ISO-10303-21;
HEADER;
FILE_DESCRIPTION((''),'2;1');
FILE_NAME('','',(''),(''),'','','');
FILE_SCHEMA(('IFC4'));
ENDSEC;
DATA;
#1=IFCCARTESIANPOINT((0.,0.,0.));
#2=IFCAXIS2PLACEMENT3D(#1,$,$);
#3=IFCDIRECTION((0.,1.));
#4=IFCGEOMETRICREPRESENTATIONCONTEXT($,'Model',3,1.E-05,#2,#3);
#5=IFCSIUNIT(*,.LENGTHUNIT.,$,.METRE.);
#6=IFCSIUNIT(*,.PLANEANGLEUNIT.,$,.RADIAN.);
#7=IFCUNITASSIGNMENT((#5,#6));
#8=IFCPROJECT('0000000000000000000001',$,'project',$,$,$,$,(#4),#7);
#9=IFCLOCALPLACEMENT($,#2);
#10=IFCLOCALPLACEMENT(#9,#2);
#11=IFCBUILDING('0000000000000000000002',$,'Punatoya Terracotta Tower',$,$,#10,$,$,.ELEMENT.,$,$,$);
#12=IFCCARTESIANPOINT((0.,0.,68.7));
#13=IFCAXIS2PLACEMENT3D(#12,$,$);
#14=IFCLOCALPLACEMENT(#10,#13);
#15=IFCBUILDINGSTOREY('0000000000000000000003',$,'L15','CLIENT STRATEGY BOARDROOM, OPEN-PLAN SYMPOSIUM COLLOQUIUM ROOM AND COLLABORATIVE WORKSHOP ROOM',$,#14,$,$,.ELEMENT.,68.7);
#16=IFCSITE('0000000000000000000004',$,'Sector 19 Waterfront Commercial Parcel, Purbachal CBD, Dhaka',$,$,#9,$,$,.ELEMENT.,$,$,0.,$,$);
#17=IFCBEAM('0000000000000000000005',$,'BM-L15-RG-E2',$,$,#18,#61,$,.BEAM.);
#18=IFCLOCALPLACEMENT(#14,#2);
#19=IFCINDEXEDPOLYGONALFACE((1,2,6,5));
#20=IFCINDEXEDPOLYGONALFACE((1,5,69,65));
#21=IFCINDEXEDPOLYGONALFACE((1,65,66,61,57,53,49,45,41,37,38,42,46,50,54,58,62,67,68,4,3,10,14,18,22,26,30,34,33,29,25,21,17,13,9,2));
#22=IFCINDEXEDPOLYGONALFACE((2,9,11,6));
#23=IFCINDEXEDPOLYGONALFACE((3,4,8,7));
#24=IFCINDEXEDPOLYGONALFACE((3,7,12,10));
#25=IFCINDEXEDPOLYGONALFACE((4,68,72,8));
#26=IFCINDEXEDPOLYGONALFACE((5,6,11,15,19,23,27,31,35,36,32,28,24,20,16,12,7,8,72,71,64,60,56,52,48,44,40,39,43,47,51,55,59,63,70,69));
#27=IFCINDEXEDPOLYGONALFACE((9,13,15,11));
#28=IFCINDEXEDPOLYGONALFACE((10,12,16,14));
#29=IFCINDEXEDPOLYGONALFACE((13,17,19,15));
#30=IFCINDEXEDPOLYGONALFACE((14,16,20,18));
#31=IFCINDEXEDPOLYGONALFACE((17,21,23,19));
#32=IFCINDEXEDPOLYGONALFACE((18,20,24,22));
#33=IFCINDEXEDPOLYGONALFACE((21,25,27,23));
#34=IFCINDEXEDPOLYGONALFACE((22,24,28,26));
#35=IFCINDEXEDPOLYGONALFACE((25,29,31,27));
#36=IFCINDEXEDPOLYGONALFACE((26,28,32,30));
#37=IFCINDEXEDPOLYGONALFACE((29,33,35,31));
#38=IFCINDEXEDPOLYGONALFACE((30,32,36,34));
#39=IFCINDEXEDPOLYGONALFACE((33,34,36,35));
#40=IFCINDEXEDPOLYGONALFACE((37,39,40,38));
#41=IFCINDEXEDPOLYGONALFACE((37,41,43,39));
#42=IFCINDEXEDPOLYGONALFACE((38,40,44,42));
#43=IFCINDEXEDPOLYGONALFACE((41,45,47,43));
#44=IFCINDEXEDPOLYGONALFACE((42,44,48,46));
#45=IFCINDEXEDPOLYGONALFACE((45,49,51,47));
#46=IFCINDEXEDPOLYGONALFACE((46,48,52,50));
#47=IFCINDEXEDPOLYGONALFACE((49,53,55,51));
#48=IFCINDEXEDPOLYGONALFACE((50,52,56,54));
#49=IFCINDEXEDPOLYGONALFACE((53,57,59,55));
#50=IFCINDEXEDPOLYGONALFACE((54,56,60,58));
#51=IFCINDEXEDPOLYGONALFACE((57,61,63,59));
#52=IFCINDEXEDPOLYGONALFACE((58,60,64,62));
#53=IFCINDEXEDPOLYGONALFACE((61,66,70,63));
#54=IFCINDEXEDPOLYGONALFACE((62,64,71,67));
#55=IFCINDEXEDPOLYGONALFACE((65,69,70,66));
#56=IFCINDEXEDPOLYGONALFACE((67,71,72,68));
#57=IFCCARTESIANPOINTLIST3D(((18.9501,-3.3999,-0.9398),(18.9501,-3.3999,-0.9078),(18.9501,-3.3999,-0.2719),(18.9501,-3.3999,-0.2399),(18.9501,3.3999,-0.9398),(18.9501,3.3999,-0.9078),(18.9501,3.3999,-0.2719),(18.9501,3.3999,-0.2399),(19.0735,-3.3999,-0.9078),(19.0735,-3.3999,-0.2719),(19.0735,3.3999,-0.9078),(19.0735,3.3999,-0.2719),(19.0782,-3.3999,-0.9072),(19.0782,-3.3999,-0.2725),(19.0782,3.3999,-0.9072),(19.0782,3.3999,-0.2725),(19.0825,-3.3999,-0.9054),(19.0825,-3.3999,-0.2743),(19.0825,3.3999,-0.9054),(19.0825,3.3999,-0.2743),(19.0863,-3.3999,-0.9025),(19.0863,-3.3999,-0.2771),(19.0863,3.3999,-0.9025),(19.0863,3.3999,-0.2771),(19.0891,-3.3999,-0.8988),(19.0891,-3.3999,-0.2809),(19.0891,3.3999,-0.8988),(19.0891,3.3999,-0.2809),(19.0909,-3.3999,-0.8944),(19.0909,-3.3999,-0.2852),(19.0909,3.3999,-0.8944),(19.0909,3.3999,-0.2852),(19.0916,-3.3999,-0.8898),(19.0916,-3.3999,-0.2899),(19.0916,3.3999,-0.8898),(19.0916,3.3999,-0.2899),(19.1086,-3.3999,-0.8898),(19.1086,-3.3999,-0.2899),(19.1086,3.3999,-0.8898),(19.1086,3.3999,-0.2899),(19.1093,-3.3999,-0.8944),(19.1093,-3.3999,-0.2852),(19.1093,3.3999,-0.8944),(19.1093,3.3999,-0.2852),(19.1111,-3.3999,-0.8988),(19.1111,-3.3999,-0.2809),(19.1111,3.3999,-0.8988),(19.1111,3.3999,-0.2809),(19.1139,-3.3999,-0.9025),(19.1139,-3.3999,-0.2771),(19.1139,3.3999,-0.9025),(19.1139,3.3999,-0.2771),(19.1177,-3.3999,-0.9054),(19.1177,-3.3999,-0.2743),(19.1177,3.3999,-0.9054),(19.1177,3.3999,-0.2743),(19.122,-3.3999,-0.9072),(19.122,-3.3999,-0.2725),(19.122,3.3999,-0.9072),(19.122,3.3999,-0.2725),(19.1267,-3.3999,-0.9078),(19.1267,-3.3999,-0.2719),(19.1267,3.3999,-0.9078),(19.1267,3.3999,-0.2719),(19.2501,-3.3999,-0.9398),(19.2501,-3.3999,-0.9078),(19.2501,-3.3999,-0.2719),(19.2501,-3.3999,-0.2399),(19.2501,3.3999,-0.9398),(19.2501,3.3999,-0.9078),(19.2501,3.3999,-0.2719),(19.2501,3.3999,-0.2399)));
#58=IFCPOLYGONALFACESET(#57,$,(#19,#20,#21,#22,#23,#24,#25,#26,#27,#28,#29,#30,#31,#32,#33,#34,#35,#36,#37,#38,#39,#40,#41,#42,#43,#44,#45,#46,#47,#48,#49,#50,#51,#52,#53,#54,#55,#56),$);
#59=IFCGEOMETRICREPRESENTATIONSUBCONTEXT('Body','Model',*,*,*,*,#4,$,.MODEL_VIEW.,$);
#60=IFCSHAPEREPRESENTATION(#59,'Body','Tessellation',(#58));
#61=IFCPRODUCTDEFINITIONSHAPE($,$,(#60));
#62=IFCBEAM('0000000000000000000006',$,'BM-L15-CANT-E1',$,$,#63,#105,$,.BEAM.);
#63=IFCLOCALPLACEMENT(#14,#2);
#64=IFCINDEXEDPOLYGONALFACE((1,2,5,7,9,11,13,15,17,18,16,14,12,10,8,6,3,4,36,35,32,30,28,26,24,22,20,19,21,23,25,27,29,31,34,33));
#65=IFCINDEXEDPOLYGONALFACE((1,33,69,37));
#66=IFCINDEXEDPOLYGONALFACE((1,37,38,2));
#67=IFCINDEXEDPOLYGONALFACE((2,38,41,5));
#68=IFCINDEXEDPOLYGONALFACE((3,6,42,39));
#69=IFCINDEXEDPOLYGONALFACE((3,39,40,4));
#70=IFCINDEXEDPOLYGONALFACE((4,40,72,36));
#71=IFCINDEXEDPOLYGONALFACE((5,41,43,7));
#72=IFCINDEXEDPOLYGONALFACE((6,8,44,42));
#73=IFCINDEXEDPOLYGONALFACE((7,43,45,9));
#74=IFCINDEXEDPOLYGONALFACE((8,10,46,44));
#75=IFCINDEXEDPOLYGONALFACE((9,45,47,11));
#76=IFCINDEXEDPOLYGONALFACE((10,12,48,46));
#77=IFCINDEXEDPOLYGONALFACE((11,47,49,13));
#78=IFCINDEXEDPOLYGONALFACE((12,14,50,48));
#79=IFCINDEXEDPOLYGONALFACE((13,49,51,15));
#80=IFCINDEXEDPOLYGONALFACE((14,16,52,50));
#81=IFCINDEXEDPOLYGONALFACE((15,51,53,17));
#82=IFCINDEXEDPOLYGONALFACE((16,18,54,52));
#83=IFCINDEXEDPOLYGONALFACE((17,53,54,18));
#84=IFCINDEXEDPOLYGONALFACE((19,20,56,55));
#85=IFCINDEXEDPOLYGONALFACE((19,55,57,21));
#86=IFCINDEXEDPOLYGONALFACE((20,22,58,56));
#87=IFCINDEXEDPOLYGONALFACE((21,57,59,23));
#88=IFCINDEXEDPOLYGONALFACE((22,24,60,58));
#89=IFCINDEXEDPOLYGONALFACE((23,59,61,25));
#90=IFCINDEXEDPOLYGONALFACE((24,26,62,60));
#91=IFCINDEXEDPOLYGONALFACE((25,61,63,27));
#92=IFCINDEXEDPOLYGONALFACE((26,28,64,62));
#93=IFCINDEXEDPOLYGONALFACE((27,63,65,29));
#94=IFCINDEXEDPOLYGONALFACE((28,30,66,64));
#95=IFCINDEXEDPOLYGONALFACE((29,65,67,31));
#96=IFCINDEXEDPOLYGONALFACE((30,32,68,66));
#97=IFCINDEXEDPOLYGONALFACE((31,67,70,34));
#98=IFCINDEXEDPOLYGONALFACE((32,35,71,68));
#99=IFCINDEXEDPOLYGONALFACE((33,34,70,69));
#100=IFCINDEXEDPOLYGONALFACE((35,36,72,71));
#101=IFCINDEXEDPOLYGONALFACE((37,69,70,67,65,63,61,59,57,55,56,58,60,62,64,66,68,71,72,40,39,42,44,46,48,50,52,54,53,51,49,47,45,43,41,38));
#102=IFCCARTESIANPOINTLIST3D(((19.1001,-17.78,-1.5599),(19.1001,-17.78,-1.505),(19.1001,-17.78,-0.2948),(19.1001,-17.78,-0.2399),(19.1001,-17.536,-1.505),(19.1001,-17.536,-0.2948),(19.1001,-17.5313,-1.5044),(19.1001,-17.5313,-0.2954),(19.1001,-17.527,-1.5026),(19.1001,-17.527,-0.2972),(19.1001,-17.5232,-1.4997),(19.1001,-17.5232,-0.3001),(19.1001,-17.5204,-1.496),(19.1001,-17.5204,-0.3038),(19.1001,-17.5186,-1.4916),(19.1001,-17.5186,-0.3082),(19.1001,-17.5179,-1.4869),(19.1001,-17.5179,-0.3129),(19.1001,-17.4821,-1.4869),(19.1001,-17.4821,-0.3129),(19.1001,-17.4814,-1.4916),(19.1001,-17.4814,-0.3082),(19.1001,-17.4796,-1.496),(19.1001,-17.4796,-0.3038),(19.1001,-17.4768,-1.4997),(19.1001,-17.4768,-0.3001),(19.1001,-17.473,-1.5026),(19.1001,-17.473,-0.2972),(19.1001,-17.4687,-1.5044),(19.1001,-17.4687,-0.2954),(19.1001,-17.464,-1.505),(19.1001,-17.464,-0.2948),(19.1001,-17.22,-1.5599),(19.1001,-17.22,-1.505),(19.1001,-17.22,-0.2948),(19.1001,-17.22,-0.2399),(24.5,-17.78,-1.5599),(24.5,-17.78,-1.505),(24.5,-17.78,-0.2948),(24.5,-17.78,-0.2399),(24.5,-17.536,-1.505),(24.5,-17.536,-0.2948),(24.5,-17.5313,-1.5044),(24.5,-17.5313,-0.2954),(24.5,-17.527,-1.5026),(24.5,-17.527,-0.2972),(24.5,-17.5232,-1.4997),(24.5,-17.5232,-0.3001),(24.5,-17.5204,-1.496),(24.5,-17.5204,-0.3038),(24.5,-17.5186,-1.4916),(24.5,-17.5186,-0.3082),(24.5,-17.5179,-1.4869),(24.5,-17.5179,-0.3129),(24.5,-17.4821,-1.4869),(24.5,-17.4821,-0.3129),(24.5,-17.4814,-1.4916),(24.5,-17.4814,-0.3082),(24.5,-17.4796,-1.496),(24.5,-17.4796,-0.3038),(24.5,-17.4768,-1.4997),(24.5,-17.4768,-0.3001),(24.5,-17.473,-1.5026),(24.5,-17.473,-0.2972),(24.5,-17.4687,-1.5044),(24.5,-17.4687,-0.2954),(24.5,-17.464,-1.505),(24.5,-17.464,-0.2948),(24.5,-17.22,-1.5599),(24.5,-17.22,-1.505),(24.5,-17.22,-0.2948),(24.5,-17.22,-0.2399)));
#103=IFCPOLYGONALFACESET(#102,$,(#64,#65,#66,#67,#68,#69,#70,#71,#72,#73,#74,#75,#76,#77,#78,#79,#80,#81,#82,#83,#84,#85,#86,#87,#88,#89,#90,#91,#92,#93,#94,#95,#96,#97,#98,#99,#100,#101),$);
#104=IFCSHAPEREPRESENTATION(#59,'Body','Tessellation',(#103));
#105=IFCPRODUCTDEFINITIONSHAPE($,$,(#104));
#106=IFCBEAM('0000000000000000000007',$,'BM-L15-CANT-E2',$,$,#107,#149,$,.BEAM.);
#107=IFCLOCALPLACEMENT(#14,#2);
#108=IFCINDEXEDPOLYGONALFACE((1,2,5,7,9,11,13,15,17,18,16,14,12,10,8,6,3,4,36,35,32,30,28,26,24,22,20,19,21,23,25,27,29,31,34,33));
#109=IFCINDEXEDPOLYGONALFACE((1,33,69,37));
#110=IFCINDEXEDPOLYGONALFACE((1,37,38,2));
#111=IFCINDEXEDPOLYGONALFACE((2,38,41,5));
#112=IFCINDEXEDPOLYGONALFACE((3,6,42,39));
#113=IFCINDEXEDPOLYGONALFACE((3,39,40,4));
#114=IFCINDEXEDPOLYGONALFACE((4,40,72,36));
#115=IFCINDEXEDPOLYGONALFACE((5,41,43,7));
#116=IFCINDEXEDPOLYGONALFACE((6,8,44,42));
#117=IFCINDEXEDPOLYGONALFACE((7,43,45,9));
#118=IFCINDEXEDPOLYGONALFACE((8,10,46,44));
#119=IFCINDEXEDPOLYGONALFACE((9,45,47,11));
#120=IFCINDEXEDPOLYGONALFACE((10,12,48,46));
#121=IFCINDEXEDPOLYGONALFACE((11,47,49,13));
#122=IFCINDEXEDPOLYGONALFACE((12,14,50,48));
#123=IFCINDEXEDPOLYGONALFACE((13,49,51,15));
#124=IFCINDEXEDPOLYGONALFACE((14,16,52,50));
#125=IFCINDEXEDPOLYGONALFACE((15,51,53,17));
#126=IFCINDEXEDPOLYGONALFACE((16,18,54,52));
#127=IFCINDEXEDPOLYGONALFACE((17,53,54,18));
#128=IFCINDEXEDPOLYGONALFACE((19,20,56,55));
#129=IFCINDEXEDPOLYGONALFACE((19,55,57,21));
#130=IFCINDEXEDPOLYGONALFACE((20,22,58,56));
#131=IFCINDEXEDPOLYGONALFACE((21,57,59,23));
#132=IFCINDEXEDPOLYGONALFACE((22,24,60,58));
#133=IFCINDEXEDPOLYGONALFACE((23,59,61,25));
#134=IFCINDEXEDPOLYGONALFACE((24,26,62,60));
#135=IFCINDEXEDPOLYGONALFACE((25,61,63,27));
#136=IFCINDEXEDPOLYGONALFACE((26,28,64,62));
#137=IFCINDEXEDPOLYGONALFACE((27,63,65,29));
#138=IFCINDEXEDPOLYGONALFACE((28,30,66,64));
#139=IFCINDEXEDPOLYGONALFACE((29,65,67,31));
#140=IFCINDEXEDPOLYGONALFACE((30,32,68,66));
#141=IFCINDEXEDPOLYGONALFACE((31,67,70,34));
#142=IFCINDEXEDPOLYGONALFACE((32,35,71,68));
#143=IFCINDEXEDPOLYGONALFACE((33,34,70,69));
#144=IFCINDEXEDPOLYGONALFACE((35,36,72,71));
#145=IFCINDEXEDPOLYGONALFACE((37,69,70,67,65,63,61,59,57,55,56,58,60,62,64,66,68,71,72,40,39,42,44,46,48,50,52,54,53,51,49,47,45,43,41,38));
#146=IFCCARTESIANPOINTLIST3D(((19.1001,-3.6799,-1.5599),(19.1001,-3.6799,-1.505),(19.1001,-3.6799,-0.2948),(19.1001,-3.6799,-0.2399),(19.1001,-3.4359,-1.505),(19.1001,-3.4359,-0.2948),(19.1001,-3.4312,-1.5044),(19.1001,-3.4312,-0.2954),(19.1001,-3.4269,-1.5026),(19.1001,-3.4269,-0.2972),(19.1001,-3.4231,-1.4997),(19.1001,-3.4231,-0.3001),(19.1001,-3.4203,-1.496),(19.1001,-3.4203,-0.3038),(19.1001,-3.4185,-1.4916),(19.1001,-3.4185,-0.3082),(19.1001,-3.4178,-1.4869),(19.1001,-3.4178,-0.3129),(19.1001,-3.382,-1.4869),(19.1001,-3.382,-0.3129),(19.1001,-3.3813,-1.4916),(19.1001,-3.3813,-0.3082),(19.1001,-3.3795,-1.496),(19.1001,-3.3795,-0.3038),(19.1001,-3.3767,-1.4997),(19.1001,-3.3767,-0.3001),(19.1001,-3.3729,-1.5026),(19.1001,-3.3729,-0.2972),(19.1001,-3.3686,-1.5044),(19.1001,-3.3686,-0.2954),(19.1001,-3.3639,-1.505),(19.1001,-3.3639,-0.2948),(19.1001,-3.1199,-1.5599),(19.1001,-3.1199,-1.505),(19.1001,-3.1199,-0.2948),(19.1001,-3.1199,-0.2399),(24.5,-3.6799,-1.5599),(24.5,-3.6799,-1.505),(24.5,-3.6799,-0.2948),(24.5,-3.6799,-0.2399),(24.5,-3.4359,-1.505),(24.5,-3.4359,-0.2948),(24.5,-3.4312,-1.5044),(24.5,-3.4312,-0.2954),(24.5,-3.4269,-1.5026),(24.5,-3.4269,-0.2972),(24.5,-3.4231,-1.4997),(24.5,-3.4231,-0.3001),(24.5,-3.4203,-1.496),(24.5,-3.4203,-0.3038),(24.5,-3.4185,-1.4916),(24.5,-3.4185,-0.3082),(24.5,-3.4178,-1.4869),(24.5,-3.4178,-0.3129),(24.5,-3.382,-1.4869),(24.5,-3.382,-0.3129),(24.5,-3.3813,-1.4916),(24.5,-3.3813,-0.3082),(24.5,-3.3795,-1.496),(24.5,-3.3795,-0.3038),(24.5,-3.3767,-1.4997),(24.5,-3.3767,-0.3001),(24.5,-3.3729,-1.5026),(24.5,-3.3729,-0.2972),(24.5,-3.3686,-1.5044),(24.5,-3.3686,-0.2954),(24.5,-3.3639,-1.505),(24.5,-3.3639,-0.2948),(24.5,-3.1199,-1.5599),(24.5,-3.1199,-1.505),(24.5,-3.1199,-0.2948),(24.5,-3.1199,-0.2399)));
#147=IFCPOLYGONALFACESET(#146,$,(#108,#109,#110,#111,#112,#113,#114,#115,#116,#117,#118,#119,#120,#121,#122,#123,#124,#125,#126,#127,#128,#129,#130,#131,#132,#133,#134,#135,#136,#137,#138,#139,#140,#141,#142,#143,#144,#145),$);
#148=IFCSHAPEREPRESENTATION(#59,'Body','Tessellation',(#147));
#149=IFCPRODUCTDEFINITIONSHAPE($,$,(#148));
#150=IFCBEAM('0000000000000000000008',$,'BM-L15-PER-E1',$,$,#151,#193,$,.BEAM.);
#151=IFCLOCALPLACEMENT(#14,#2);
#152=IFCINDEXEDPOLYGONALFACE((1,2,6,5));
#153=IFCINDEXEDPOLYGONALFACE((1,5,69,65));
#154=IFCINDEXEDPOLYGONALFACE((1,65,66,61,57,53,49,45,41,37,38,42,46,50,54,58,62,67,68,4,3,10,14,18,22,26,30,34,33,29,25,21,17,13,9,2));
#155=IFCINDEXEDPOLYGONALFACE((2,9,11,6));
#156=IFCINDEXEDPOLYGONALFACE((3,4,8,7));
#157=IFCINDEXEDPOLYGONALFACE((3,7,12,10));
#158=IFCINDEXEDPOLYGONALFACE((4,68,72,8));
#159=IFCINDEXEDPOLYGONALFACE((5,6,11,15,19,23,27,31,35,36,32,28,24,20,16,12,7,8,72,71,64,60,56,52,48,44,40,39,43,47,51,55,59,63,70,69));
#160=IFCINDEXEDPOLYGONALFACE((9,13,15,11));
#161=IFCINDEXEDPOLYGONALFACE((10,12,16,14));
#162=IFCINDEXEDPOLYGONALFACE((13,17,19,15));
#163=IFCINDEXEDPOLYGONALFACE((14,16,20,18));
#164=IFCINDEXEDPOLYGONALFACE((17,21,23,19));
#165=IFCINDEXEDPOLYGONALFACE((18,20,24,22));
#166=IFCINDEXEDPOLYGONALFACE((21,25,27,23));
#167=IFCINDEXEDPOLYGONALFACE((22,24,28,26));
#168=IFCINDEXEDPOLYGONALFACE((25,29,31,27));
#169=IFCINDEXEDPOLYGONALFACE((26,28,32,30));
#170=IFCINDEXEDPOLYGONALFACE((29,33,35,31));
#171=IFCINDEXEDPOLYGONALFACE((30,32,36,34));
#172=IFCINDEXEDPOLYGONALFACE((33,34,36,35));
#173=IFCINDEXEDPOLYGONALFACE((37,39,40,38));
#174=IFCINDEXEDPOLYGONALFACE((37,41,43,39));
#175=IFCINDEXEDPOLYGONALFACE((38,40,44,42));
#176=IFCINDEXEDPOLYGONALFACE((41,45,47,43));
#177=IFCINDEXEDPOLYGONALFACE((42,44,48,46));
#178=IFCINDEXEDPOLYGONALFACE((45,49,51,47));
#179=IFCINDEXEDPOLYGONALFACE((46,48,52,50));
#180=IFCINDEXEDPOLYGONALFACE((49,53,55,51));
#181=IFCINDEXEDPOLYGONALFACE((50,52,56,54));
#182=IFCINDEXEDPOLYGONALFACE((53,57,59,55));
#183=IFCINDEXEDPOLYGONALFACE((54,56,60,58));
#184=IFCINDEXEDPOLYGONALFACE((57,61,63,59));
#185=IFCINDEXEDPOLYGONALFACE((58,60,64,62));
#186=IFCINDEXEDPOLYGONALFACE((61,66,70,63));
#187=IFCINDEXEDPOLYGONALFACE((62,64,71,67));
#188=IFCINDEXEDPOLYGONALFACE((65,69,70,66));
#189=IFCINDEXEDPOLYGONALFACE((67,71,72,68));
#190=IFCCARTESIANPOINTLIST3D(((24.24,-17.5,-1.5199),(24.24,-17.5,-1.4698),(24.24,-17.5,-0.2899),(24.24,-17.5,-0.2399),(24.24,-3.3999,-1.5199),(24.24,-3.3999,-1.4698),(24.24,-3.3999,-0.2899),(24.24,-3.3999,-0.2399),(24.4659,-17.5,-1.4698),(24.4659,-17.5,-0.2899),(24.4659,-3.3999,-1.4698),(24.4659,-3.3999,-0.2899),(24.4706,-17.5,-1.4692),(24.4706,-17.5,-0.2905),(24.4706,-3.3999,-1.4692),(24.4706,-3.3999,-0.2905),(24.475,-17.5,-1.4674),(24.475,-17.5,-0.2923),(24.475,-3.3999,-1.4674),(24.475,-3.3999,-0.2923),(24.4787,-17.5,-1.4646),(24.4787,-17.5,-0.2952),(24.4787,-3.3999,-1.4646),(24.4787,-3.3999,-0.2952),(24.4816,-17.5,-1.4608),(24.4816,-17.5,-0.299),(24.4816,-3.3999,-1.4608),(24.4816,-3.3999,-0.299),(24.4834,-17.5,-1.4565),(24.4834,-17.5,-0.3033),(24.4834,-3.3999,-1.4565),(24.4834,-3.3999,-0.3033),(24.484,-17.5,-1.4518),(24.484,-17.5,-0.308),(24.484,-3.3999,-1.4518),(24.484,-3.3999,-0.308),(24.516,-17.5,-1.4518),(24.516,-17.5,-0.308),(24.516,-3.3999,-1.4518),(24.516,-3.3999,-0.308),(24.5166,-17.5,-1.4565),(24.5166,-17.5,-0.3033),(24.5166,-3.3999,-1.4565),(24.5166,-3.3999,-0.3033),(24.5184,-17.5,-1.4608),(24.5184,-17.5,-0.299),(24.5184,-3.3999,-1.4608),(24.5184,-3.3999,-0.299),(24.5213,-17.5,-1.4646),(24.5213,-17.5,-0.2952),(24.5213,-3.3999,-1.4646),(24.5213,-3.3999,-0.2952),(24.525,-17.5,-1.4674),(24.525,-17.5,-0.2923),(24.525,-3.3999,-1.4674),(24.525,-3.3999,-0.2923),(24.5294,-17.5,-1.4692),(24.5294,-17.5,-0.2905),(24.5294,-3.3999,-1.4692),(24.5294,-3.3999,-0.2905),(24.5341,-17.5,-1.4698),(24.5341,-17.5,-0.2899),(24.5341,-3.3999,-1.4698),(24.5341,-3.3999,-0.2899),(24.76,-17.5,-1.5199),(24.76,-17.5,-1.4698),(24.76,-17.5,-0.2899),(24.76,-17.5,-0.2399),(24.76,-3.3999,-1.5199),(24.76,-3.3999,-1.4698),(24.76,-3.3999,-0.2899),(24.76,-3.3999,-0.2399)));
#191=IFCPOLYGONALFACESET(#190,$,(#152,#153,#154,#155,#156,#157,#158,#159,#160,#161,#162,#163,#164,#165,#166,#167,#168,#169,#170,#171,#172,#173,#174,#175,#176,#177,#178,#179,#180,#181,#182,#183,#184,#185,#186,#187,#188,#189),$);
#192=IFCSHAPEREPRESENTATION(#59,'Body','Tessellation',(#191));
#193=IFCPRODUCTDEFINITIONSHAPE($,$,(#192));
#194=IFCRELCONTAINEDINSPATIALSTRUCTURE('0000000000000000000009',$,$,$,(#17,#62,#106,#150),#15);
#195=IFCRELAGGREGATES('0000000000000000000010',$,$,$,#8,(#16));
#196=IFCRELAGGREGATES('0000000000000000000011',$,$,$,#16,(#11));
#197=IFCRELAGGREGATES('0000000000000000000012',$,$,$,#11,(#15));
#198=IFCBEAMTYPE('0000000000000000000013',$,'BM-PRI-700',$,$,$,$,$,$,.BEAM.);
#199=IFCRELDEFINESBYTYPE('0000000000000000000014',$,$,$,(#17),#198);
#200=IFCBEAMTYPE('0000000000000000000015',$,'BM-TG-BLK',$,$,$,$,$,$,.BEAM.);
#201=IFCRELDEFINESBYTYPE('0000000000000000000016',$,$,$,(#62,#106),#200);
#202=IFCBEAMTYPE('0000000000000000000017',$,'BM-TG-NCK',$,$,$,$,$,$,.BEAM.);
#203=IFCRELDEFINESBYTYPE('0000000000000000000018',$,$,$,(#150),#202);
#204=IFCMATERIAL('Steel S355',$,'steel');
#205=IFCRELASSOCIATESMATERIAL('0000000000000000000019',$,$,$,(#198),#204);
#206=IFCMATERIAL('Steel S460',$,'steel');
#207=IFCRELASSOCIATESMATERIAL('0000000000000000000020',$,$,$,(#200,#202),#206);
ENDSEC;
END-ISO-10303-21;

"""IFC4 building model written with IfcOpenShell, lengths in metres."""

from ifc_helpers import new_model, si_unit, direction, frame, origin, origin_2d, place, context, subcontext, project, spatial, i_section, extrude, material, material_profile, profile_set, type_object, element, save


model = new_model("IFC4")

# Units and contexts
model_context = context("Model", 3, precision=1e-05, world=origin(), true_north=direction((0.0, 1.0)))
body_context = subcontext(model_context, "Body", "Model", "MODEL_VIEW")
ifc_project = project(units=[si_unit("LENGTHUNIT", "METRE"), si_unit("PLANEANGLEUNIT", "RADIAN")], contexts=[model_context])

# Site, building, storey
site_placement = place(None, origin())
site = spatial("IfcSite", under=ifc_project, at=site_placement, Name="Sector 19 Waterfront Commercial Parcel, Purbachal CBD, Dhaka", CompositionType="ELEMENT", RefElevation=0.0)
building_placement = place(site_placement, origin())
building = spatial("IfcBuilding", under=site, at=building_placement, Name="Punatoya Terracotta Tower", CompositionType="ELEMENT")
storey_placement = place(building_placement, frame((0.0, 0.0, 68.7)))
storey = spatial("IfcBuildingStorey", under=building, at=storey_placement, Name="L15", Description="CLIENT STRATEGY BOARDROOM, OPEN-PLAN SYMPOSIUM COLLOQUIUM ROOM AND COLLABORATIVE WORKSHOP ROOM", CompositionType="ELEMENT", Elevation=68.7)

# Shared definitions
ifc_material_1 = material(Name="Steel S460", Category="steel")

# Beams
ifc_material_2 = material(Name="Steel S355", Category="steel")
ifc_material_profile_1 = material_profile(ifc_material_2, i_section(OverallWidth=0.3, OverallDepth=0.7, WebThickness=0.0171, FlangeThickness=0.032, FilletRadius=0.0181, at=origin_2d()))
ifc_profile_set_1 = profile_set([ifc_material_profile_1], Name="Steel S355")
beam_type_1 = type_object("IfcBeamType", Name="BM-PRI-700", PredefinedType="BEAM", material=ifc_profile_set_1)
beam_1_placement = place(storey_placement, frame((19.1001, -3.3999, -0.5898), z_axis=(0.0, 1.0, 0.0), x_axis=(-1.0, 0.0, 0.0)))
element("IfcBeam", 1, at=beam_1_placement, inside=storey, type_object=beam_type_1, Name="BM-L15-RG-E2", PredefinedType="BEAM", context=body_context, shape_type="SweptSolid", body=[
    extrude(i_section(OverallWidth=0.3, OverallDepth=0.7, WebThickness=0.0171, FlangeThickness=0.032, FilletRadius=0.0181, at=origin_2d()), origin(), (0.0, 0.0, 1.0), 6.7998),
])
ifc_material_profile_2 = material_profile(ifc_material_1, i_section(OverallWidth=0.5601, OverallDepth=1.3201, WebThickness=0.0359, FlangeThickness=0.0549, FilletRadius=0.0181, at=origin_2d()))
ifc_profile_set_2 = profile_set([ifc_material_profile_2], Name="Steel S460")
beam_type_2 = type_object("IfcBeamType", Name="BM-TG-BLK", PredefinedType="BEAM", material=ifc_profile_set_2)
for number, where, z_axis, x_axis, name in (
    (2, (19.1001, -17.5, -0.8999), (1.0, 0.0, 0.0), (0.0, 1.0, 0.0), "BM-L15-CANT-E1"),
    (3, (19.1001, -3.3999, -0.8999), (1.0, 0.0, 0.0), (0.0, 1.0, 0.0), "BM-L15-CANT-E2"),
):
    element("IfcBeam", number, at=place(storey_placement, frame(where, z_axis=z_axis, x_axis=x_axis)), inside=storey, type_object=beam_type_2, Name=name, PredefinedType="BEAM", context=body_context, shape_type="SweptSolid", body=[
        extrude(i_section(OverallWidth=0.5601, OverallDepth=1.3201, WebThickness=0.0359, FlangeThickness=0.0549, FilletRadius=0.0181, at=origin_2d()), origin(), (0.0, 0.0, 1.0), 5.3999),
    ])
ifc_material_profile_3 = material_profile(ifc_material_1, i_section(OverallWidth=0.52, OverallDepth=1.28, WebThickness=0.032, FlangeThickness=0.05, FilletRadius=0.0181, at=origin_2d()))
ifc_profile_set_3 = profile_set([ifc_material_profile_3], Name="Steel S460")
beam_type_3 = type_object("IfcBeamType", Name="BM-TG-NCK", PredefinedType="BEAM", material=ifc_profile_set_3)
beam_2_placement = place(storey_placement, frame((24.5, -17.5, -0.8799), z_axis=(0.0, 1.0, 0.0), x_axis=(-1.0, 0.0, 0.0)))
element("IfcBeam", 4, at=beam_2_placement, inside=storey, type_object=beam_type_3, Name="BM-L15-PER-E1", PredefinedType="BEAM", context=body_context, shape_type="SweptSolid", body=[
    extrude(i_section(OverallWidth=0.52, OverallDepth=1.28, WebThickness=0.032, FlangeThickness=0.05, FilletRadius=0.0181, at=origin_2d()), origin(), (0.0, 0.0, 1.0), 14.1001),
])

save(model, "model.ifc")
